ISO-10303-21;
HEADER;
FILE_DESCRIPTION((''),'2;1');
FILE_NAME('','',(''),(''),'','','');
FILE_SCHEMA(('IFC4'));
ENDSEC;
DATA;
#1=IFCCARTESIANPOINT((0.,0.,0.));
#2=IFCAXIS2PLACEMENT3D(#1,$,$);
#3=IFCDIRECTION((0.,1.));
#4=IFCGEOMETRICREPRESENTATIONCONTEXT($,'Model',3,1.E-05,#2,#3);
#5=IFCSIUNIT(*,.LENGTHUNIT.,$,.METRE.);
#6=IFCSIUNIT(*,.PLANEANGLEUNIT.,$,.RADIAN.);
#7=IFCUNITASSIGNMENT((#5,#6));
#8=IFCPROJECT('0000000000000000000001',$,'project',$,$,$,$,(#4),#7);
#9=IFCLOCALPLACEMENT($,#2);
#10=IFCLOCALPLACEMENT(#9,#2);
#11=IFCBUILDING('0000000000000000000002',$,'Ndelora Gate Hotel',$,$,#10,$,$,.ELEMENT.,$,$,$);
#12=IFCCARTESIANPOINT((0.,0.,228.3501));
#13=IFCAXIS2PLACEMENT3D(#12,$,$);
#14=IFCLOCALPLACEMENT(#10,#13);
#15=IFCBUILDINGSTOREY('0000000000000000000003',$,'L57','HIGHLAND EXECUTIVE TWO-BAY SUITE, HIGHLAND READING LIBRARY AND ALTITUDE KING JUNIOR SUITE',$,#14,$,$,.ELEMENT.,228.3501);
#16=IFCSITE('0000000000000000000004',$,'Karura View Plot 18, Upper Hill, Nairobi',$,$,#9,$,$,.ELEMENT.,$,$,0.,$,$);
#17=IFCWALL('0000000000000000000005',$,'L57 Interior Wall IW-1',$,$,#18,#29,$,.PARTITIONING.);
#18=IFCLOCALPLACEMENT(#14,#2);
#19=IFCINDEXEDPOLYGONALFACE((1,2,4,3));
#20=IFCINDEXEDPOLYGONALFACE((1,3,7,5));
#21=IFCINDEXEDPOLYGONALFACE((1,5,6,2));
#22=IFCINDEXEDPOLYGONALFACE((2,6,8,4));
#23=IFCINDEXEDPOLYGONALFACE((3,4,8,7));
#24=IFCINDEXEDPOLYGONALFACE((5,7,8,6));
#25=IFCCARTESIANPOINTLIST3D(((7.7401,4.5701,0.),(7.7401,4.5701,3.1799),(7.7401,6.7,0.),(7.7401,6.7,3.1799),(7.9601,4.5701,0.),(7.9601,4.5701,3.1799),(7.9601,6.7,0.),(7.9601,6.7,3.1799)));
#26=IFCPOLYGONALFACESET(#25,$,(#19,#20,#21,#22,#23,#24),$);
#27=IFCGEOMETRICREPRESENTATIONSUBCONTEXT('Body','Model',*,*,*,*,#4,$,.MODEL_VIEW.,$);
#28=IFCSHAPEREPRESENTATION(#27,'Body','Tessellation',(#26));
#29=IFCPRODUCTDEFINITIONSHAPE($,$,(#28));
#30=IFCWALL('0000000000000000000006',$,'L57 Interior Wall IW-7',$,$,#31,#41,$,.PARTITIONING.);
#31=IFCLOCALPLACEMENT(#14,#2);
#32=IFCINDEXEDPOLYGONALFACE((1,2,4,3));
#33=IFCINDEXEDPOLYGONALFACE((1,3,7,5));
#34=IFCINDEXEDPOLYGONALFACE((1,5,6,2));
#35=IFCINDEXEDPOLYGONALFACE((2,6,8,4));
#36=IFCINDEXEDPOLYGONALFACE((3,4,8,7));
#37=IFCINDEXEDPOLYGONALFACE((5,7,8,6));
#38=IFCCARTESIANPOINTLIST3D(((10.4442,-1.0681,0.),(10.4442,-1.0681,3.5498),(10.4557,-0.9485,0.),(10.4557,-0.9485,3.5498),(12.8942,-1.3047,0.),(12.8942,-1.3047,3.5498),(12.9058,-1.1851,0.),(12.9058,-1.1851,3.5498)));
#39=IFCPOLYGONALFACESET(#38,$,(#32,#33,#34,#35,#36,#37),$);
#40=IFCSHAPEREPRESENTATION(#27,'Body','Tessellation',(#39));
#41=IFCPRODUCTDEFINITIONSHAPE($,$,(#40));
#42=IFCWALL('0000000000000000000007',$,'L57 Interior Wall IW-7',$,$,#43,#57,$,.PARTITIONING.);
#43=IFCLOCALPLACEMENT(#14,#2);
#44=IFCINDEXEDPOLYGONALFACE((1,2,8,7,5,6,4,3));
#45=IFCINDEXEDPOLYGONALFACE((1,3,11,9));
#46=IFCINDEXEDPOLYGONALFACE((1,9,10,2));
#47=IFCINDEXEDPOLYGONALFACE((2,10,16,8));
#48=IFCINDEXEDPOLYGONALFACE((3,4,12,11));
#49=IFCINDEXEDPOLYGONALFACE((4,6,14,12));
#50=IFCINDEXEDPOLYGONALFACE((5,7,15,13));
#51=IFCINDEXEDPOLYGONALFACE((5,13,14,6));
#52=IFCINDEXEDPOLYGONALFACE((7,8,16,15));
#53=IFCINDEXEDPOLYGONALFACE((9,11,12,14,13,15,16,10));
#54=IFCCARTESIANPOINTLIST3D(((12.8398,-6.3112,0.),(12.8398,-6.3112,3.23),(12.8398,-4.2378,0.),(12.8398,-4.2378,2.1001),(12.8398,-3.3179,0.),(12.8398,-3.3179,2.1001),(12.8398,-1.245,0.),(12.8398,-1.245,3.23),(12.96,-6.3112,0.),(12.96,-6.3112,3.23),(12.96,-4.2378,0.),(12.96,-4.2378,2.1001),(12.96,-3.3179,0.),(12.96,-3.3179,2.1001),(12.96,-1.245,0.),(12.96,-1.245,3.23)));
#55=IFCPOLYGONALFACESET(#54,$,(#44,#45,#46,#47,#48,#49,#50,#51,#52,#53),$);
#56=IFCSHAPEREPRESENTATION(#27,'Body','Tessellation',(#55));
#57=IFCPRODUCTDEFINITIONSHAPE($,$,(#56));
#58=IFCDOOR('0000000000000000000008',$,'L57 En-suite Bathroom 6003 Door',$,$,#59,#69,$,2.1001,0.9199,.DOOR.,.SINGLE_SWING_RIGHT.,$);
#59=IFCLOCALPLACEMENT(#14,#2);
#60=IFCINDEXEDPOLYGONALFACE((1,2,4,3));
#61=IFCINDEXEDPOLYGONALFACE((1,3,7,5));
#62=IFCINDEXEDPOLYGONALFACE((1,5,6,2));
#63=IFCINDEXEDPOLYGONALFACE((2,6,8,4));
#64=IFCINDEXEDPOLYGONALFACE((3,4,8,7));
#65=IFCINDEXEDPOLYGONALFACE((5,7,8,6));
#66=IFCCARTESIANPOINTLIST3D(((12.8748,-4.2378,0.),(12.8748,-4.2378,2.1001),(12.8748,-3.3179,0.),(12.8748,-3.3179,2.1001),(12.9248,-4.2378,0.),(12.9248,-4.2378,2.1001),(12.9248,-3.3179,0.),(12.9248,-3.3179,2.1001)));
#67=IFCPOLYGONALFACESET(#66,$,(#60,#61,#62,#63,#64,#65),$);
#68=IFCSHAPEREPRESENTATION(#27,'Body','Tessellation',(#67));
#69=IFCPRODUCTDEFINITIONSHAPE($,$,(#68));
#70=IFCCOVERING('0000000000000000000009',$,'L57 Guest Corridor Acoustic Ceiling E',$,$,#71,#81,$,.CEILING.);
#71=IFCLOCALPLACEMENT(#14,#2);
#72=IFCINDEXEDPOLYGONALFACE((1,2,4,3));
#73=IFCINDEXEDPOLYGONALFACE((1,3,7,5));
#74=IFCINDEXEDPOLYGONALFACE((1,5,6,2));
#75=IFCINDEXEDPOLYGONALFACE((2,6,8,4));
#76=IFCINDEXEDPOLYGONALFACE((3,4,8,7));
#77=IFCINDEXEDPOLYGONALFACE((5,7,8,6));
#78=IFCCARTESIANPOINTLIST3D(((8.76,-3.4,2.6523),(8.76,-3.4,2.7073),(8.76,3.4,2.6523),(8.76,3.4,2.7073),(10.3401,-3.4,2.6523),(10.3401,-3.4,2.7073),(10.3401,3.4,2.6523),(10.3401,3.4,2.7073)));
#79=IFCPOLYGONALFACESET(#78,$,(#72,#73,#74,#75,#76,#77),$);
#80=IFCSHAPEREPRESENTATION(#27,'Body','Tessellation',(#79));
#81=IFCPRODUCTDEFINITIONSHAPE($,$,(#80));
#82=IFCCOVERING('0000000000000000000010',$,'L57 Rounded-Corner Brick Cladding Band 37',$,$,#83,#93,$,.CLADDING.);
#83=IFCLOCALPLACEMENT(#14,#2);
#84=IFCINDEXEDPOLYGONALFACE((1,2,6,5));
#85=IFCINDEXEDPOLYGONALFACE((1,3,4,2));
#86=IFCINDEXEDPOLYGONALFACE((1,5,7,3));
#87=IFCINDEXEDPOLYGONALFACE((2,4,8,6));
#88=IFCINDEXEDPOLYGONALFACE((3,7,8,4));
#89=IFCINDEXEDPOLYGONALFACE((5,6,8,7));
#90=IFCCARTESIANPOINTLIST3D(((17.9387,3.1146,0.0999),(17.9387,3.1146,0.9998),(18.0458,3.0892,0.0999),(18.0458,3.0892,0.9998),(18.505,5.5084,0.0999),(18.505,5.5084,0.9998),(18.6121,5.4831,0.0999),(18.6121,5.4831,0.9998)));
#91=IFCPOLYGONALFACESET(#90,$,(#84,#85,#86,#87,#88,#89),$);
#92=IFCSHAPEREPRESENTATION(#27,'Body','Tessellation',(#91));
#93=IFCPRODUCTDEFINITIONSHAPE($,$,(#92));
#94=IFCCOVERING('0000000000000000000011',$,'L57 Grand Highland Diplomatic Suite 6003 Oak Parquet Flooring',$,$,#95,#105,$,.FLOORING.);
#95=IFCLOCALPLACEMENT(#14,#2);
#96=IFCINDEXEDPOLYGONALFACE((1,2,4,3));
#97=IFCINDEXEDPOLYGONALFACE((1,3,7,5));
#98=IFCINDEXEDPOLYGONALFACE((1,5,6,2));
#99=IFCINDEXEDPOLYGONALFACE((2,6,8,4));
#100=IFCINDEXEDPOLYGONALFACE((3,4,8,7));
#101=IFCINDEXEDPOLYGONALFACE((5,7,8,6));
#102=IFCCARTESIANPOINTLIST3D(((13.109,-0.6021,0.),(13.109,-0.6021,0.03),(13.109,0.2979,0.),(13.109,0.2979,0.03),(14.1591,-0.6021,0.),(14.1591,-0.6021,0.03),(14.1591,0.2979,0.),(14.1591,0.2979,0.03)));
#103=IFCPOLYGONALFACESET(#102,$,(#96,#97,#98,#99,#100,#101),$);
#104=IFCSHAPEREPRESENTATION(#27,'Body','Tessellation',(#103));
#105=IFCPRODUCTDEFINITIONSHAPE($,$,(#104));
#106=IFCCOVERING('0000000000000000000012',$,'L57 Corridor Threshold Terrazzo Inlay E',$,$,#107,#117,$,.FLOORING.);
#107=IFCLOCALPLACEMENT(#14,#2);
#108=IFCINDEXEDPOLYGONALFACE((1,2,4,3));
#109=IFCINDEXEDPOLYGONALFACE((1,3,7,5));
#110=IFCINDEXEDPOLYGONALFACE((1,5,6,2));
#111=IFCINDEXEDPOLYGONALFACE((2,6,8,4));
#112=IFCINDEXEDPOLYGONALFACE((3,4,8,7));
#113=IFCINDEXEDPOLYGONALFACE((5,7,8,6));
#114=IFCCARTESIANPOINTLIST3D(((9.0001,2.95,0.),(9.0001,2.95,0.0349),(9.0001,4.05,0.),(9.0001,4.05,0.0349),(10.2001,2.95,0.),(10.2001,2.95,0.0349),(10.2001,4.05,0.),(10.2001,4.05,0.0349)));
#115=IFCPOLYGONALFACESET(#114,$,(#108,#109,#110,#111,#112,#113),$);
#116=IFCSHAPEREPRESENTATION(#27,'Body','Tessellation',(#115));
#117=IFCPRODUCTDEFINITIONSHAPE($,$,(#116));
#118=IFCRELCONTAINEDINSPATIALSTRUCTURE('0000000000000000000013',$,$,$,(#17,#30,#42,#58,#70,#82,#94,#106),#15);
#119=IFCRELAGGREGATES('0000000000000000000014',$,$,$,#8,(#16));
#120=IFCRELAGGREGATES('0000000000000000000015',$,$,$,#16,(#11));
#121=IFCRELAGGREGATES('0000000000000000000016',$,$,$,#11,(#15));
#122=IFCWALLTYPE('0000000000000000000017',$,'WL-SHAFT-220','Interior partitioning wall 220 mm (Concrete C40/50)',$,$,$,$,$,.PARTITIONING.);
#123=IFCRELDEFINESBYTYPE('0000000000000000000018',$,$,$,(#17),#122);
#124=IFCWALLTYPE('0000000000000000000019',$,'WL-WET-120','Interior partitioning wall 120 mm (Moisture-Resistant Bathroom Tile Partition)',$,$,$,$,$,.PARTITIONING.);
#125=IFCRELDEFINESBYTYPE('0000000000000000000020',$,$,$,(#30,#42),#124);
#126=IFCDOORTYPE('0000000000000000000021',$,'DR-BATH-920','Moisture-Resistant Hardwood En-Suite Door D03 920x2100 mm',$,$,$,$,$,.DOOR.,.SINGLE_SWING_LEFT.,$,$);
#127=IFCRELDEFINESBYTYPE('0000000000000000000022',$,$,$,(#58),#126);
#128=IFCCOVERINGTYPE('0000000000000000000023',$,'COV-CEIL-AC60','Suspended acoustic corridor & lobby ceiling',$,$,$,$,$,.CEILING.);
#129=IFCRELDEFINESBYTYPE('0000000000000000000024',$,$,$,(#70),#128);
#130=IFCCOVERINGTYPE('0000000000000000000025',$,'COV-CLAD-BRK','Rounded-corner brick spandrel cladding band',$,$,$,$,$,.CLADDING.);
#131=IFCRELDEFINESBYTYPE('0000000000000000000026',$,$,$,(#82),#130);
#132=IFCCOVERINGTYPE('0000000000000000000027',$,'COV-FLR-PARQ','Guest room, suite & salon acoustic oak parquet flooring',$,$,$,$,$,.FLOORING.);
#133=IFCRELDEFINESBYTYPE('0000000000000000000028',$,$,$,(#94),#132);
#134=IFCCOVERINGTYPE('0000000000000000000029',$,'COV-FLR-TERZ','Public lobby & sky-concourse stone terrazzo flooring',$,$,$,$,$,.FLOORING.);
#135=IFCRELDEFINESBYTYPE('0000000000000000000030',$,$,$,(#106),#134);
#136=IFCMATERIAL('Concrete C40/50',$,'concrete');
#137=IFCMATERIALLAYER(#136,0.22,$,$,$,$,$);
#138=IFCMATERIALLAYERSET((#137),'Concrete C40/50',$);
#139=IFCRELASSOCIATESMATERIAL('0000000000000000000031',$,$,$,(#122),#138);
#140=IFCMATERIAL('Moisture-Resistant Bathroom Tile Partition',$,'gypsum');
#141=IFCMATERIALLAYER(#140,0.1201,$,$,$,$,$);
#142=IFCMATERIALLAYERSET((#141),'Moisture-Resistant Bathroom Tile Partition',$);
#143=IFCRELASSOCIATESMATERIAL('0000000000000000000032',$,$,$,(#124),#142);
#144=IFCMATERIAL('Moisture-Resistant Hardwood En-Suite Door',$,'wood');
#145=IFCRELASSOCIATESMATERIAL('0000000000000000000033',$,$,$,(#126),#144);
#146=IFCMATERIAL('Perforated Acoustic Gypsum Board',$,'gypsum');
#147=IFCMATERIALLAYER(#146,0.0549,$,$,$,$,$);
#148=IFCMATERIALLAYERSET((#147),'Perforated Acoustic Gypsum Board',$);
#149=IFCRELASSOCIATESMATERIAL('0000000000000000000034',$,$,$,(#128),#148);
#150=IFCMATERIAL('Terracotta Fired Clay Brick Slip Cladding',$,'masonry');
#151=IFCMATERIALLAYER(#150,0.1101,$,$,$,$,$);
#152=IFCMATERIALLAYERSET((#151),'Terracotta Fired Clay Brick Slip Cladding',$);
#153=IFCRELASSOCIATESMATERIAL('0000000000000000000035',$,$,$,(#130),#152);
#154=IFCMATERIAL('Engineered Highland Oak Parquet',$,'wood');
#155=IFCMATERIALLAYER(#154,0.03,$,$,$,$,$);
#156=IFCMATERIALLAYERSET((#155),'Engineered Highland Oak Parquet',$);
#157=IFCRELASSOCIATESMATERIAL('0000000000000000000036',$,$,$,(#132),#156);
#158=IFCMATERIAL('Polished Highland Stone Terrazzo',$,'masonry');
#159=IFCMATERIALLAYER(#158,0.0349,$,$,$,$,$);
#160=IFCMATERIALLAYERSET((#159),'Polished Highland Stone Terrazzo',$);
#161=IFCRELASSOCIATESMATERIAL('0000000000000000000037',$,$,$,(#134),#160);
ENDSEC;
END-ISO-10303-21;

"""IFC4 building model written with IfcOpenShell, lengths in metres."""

from ifc_helpers import new_model, si_unit, direction, frame, frame_2d, origin, origin_2d, place, context, subcontext, project, spatial, rectangle, extrude, material, layer, layer_set, type_object, element, fill, save


model = new_model("IFC4")

# Units and contexts
model_context = context("Model", 3, precision=1e-05, world=origin(), true_north=direction((0.0, 1.0)))
body_context = subcontext(model_context, "Body", "Model", "MODEL_VIEW")
ifc_project = project(units=[si_unit("LENGTHUNIT", "METRE"), si_unit("PLANEANGLEUNIT", "RADIAN")], contexts=[model_context])

# Site, building, storey
site_placement = place(None, origin())
site = spatial("IfcSite", under=ifc_project, at=site_placement, Name="Karura View Plot 18, Upper Hill, Nairobi", CompositionType="ELEMENT", RefElevation=0.0)
building_placement = place(site_placement, origin())
building = spatial("IfcBuilding", under=site, at=building_placement, Name="Ndelora Gate Hotel", CompositionType="ELEMENT")
storey_placement = place(building_placement, frame((0.0, 0.0, 228.3501)))
storey = spatial("IfcBuildingStorey", under=building, at=storey_placement, Name="L57", Description="HIGHLAND EXECUTIVE TWO-BAY SUITE, HIGHLAND READING LIBRARY AND ALTITUDE KING JUNIOR SUITE", CompositionType="ELEMENT", Elevation=228.3501)

# Shared definitions
ifc_material_1 = material(Name="Concrete C40/50", Category="concrete")

# Walls
ifc_layer_1 = layer(ifc_material_1, 0.22)
ifc_layer_set_1 = layer_set([ifc_layer_1], Name="Concrete C40/50")
wall_type_1 = type_object("IfcWallType", Name="WL-SHAFT-220", Description="Interior partitioning wall 220 mm (Concrete C40/50)", PredefinedType="PARTITIONING", material=ifc_layer_set_1)
wall_1_placement = place(storey_placement, frame((7.8501, 4.5701, 0.0), z_axis=(0.0, 0.0, 1.0), x_axis=(0.0, 1.0, 0.0)))
element("IfcWall", 1, at=wall_1_placement, inside=storey, type_object=wall_type_1, Name="L57 Interior Wall IW-1", PredefinedType="PARTITIONING", context=body_context, shape_type="SweptSolid", body=[
    extrude(rectangle(XDim=2.1299, YDim=0.22, at=frame_2d((1.0649, 0.0))), origin(), (0.0, 0.0, 1.0), 3.1799),
])
ifc_material_2 = material(Name="Moisture-Resistant Bathroom Tile Partition", Category="gypsum")
ifc_layer_2 = layer(ifc_material_2, 0.1201)
ifc_layer_set_2 = layer_set([ifc_layer_2], Name="Moisture-Resistant Bathroom Tile Partition")
wall_type_2 = type_object("IfcWallType", Name="WL-WET-120", Description="Interior partitioning wall 120 mm (Moisture-Resistant Bathroom Tile Partition)", PredefinedType="PARTITIONING", material=ifc_layer_set_2)
wall_2_placement = place(storey_placement, frame((10.45, -1.0083, 0.0), z_axis=(0.0, 0.0, 1.0), x_axis=(0.99537, -0.096115, 0.0)))
element("IfcWall", 2, at=wall_2_placement, inside=storey, type_object=wall_type_2, Name="L57 Interior Wall IW-7", PredefinedType="PARTITIONING", context=body_context, shape_type="SweptSolid", body=[
    extrude(rectangle(XDim=2.4614, YDim=0.1201, at=frame_2d((1.2307, 0.0))), origin(), (0.0, 0.0, 1.0), 3.5498),
])

# Wall, opening, door
wall_3_placement = place(storey_placement, frame((12.8999, -1.2449, 0.0), z_axis=(0.0, 0.0, 1.0), x_axis=(0.0, -1.0, 0.0)))
wall_3 = element("IfcWall", 3, at=wall_3_placement, inside=storey, type_object=wall_type_2, Name="L57 Interior Wall IW-7", PredefinedType="PARTITIONING", context=body_context, shape_type="SweptSolid", body=[
    extrude(rectangle(XDim=5.0662, YDim=0.1201, at=frame_2d((2.5332, 0.0))), origin(), (0.0, 0.0, 1.0), 3.23),
])
opening_1_placement = place(wall_3_placement, frame((2.073, 0.0, 0.0)))
opening_1 = element("IfcOpeningElement", 4, at=opening_1_placement, cuts=wall_3, PredefinedType="OPENING", context=body_context, shape_type="SweptSolid", body=[
    extrude(rectangle(XDim=0.9199, YDim=2.1001, at=frame_2d((0.46, 1.05))), frame((0.0, 0.0701, 0.0), z_axis=(0.0, -1.0, 0.0), x_axis=(1.0, 0.0, 0.0)), (0.0, 0.0, 1.0), 0.1401),
])
ifc_material_3 = material(Name="Moisture-Resistant Hardwood En-Suite Door", Category="wood")
door_type_1 = type_object("IfcDoorType", Name="DR-BATH-920", Description="Moisture-Resistant Hardwood En-Suite Door D03 920x2100 mm", OperationType="SINGLE_SWING_LEFT", PredefinedType="DOOR", material=ifc_material_3)
door_1_placement = place(opening_1_placement, origin())
door_1 = element("IfcDoor", 5, at=door_1_placement, inside=storey, type_object=door_type_1, Name="L57 En-suite Bathroom 6003 Door", OperationType="SINGLE_SWING_RIGHT", OverallHeight=2.1001, OverallWidth=0.9199, PredefinedType="DOOR", context=body_context, shape_type="SweptSolid", body=[
    extrude(rectangle(XDim=0.9199, YDim=2.1001, at=frame_2d((0.46, 1.05))), frame((0.0, 0.0249, 0.0), z_axis=(0.0, -1.0, 0.0), x_axis=(1.0, 0.0, 0.0)), (0.0, 0.0, 1.0), 0.05),
])
fill(opening_1, door_1)

# Coverings
ifc_material_4 = material(Name="Perforated Acoustic Gypsum Board", Category="gypsum")
ifc_layer_3 = layer(ifc_material_4, 0.0549)
ifc_layer_set_3 = layer_set([ifc_layer_3], Name="Perforated Acoustic Gypsum Board")
covering_type_1 = type_object("IfcCoveringType", Name="COV-CEIL-AC60", Description="Suspended acoustic corridor & lobby ceiling", PredefinedType="CEILING", material=ifc_layer_set_3)
covering_1_placement = place(storey_placement, frame((9.55, 0.0, 2.6523), z_axis=(0.0, 0.0, 1.0), x_axis=(1.0, 0.0, 0.0)))
element("IfcCovering", 6, at=covering_1_placement, inside=storey, type_object=covering_type_1, Name="L57 Guest Corridor Acoustic Ceiling E", PredefinedType="CEILING", context=body_context, shape_type="SweptSolid", body=[
    extrude(rectangle(XDim=1.5801, YDim=6.8, at=origin_2d()), origin(), (0.0, 0.0, 1.0), 0.0549),
])
ifc_material_5 = material(Name="Terracotta Fired Clay Brick Slip Cladding", Category="masonry")
ifc_layer_4 = layer(ifc_material_5, 0.1101)
ifc_layer_set_4 = layer_set([ifc_layer_4], Name="Terracotta Fired Clay Brick Slip Cladding")
covering_type_2 = type_object("IfcCoveringType", Name="COV-CLAD-BRK", Description="Rounded-corner brick spandrel cladding band", PredefinedType="CLADDING", material=ifc_layer_set_4)
covering_2_placement = place(storey_placement, frame((18.2754, 4.2988, 0.0999), z_axis=(0.0, 0.0, 1.0), x_axis=(0.23022, 0.973139, 0.0)))
element("IfcCovering", 7, at=covering_2_placement, inside=storey, type_object=covering_type_2, Name="L57 Rounded-Corner Brick Cladding Band 37", PredefinedType="CLADDING", context=body_context, shape_type="SweptSolid", body=[
    extrude(rectangle(XDim=2.46, YDim=0.1101, at=origin_2d()), origin(), (0.0, 0.0, 1.0), 0.8999),
])
ifc_material_6 = material(Name="Engineered Highland Oak Parquet", Category="wood")
ifc_layer_5 = layer(ifc_material_6, 0.03)
ifc_layer_set_5 = layer_set([ifc_layer_5], Name="Engineered Highland Oak Parquet")
covering_type_3 = type_object("IfcCoveringType", Name="COV-FLR-PARQ", Description="Guest room, suite & salon acoustic oak parquet flooring", PredefinedType="FLOORING", material=ifc_layer_set_5)
covering_3_placement = place(storey_placement, frame((13.634, -0.1521, 0.0), z_axis=(0.0, 0.0, 1.0), x_axis=(1.0, 0.0, 0.0)))
element("IfcCovering", 8, at=covering_3_placement, inside=storey, type_object=covering_type_3, Name="L57 Grand Highland Diplomatic Suite 6003 Oak Parquet Flooring", PredefinedType="FLOORING", context=body_context, shape_type="SweptSolid", body=[
    extrude(rectangle(XDim=1.05, YDim=0.8999, at=origin_2d()), origin(), (0.0, 0.0, 1.0), 0.03),
])
ifc_material_7 = material(Name="Polished Highland Stone Terrazzo", Category="masonry")
ifc_layer_6 = layer(ifc_material_7, 0.0349)
ifc_layer_set_6 = layer_set([ifc_layer_6], Name="Polished Highland Stone Terrazzo")
covering_type_4 = type_object("IfcCoveringType", Name="COV-FLR-TERZ", Description="Public lobby & sky-concourse stone terrazzo flooring", PredefinedType="FLOORING", material=ifc_layer_set_6)
covering_4_placement = place(storey_placement, frame((9.6001, 3.5, 0.0), z_axis=(0.0, 0.0, 1.0), x_axis=(1.0, 0.0, 0.0)))
element("IfcCovering", 9, at=covering_4_placement, inside=storey, type_object=covering_type_4, Name="L57 Corridor Threshold Terrazzo Inlay E", PredefinedType="FLOORING", context=body_context, shape_type="SweptSolid", body=[
    extrude(rectangle(XDim=1.2, YDim=1.1001, at=origin_2d()), origin(), (0.0, 0.0, 1.0), 0.0349),
])

save(model, "model.ifc")
